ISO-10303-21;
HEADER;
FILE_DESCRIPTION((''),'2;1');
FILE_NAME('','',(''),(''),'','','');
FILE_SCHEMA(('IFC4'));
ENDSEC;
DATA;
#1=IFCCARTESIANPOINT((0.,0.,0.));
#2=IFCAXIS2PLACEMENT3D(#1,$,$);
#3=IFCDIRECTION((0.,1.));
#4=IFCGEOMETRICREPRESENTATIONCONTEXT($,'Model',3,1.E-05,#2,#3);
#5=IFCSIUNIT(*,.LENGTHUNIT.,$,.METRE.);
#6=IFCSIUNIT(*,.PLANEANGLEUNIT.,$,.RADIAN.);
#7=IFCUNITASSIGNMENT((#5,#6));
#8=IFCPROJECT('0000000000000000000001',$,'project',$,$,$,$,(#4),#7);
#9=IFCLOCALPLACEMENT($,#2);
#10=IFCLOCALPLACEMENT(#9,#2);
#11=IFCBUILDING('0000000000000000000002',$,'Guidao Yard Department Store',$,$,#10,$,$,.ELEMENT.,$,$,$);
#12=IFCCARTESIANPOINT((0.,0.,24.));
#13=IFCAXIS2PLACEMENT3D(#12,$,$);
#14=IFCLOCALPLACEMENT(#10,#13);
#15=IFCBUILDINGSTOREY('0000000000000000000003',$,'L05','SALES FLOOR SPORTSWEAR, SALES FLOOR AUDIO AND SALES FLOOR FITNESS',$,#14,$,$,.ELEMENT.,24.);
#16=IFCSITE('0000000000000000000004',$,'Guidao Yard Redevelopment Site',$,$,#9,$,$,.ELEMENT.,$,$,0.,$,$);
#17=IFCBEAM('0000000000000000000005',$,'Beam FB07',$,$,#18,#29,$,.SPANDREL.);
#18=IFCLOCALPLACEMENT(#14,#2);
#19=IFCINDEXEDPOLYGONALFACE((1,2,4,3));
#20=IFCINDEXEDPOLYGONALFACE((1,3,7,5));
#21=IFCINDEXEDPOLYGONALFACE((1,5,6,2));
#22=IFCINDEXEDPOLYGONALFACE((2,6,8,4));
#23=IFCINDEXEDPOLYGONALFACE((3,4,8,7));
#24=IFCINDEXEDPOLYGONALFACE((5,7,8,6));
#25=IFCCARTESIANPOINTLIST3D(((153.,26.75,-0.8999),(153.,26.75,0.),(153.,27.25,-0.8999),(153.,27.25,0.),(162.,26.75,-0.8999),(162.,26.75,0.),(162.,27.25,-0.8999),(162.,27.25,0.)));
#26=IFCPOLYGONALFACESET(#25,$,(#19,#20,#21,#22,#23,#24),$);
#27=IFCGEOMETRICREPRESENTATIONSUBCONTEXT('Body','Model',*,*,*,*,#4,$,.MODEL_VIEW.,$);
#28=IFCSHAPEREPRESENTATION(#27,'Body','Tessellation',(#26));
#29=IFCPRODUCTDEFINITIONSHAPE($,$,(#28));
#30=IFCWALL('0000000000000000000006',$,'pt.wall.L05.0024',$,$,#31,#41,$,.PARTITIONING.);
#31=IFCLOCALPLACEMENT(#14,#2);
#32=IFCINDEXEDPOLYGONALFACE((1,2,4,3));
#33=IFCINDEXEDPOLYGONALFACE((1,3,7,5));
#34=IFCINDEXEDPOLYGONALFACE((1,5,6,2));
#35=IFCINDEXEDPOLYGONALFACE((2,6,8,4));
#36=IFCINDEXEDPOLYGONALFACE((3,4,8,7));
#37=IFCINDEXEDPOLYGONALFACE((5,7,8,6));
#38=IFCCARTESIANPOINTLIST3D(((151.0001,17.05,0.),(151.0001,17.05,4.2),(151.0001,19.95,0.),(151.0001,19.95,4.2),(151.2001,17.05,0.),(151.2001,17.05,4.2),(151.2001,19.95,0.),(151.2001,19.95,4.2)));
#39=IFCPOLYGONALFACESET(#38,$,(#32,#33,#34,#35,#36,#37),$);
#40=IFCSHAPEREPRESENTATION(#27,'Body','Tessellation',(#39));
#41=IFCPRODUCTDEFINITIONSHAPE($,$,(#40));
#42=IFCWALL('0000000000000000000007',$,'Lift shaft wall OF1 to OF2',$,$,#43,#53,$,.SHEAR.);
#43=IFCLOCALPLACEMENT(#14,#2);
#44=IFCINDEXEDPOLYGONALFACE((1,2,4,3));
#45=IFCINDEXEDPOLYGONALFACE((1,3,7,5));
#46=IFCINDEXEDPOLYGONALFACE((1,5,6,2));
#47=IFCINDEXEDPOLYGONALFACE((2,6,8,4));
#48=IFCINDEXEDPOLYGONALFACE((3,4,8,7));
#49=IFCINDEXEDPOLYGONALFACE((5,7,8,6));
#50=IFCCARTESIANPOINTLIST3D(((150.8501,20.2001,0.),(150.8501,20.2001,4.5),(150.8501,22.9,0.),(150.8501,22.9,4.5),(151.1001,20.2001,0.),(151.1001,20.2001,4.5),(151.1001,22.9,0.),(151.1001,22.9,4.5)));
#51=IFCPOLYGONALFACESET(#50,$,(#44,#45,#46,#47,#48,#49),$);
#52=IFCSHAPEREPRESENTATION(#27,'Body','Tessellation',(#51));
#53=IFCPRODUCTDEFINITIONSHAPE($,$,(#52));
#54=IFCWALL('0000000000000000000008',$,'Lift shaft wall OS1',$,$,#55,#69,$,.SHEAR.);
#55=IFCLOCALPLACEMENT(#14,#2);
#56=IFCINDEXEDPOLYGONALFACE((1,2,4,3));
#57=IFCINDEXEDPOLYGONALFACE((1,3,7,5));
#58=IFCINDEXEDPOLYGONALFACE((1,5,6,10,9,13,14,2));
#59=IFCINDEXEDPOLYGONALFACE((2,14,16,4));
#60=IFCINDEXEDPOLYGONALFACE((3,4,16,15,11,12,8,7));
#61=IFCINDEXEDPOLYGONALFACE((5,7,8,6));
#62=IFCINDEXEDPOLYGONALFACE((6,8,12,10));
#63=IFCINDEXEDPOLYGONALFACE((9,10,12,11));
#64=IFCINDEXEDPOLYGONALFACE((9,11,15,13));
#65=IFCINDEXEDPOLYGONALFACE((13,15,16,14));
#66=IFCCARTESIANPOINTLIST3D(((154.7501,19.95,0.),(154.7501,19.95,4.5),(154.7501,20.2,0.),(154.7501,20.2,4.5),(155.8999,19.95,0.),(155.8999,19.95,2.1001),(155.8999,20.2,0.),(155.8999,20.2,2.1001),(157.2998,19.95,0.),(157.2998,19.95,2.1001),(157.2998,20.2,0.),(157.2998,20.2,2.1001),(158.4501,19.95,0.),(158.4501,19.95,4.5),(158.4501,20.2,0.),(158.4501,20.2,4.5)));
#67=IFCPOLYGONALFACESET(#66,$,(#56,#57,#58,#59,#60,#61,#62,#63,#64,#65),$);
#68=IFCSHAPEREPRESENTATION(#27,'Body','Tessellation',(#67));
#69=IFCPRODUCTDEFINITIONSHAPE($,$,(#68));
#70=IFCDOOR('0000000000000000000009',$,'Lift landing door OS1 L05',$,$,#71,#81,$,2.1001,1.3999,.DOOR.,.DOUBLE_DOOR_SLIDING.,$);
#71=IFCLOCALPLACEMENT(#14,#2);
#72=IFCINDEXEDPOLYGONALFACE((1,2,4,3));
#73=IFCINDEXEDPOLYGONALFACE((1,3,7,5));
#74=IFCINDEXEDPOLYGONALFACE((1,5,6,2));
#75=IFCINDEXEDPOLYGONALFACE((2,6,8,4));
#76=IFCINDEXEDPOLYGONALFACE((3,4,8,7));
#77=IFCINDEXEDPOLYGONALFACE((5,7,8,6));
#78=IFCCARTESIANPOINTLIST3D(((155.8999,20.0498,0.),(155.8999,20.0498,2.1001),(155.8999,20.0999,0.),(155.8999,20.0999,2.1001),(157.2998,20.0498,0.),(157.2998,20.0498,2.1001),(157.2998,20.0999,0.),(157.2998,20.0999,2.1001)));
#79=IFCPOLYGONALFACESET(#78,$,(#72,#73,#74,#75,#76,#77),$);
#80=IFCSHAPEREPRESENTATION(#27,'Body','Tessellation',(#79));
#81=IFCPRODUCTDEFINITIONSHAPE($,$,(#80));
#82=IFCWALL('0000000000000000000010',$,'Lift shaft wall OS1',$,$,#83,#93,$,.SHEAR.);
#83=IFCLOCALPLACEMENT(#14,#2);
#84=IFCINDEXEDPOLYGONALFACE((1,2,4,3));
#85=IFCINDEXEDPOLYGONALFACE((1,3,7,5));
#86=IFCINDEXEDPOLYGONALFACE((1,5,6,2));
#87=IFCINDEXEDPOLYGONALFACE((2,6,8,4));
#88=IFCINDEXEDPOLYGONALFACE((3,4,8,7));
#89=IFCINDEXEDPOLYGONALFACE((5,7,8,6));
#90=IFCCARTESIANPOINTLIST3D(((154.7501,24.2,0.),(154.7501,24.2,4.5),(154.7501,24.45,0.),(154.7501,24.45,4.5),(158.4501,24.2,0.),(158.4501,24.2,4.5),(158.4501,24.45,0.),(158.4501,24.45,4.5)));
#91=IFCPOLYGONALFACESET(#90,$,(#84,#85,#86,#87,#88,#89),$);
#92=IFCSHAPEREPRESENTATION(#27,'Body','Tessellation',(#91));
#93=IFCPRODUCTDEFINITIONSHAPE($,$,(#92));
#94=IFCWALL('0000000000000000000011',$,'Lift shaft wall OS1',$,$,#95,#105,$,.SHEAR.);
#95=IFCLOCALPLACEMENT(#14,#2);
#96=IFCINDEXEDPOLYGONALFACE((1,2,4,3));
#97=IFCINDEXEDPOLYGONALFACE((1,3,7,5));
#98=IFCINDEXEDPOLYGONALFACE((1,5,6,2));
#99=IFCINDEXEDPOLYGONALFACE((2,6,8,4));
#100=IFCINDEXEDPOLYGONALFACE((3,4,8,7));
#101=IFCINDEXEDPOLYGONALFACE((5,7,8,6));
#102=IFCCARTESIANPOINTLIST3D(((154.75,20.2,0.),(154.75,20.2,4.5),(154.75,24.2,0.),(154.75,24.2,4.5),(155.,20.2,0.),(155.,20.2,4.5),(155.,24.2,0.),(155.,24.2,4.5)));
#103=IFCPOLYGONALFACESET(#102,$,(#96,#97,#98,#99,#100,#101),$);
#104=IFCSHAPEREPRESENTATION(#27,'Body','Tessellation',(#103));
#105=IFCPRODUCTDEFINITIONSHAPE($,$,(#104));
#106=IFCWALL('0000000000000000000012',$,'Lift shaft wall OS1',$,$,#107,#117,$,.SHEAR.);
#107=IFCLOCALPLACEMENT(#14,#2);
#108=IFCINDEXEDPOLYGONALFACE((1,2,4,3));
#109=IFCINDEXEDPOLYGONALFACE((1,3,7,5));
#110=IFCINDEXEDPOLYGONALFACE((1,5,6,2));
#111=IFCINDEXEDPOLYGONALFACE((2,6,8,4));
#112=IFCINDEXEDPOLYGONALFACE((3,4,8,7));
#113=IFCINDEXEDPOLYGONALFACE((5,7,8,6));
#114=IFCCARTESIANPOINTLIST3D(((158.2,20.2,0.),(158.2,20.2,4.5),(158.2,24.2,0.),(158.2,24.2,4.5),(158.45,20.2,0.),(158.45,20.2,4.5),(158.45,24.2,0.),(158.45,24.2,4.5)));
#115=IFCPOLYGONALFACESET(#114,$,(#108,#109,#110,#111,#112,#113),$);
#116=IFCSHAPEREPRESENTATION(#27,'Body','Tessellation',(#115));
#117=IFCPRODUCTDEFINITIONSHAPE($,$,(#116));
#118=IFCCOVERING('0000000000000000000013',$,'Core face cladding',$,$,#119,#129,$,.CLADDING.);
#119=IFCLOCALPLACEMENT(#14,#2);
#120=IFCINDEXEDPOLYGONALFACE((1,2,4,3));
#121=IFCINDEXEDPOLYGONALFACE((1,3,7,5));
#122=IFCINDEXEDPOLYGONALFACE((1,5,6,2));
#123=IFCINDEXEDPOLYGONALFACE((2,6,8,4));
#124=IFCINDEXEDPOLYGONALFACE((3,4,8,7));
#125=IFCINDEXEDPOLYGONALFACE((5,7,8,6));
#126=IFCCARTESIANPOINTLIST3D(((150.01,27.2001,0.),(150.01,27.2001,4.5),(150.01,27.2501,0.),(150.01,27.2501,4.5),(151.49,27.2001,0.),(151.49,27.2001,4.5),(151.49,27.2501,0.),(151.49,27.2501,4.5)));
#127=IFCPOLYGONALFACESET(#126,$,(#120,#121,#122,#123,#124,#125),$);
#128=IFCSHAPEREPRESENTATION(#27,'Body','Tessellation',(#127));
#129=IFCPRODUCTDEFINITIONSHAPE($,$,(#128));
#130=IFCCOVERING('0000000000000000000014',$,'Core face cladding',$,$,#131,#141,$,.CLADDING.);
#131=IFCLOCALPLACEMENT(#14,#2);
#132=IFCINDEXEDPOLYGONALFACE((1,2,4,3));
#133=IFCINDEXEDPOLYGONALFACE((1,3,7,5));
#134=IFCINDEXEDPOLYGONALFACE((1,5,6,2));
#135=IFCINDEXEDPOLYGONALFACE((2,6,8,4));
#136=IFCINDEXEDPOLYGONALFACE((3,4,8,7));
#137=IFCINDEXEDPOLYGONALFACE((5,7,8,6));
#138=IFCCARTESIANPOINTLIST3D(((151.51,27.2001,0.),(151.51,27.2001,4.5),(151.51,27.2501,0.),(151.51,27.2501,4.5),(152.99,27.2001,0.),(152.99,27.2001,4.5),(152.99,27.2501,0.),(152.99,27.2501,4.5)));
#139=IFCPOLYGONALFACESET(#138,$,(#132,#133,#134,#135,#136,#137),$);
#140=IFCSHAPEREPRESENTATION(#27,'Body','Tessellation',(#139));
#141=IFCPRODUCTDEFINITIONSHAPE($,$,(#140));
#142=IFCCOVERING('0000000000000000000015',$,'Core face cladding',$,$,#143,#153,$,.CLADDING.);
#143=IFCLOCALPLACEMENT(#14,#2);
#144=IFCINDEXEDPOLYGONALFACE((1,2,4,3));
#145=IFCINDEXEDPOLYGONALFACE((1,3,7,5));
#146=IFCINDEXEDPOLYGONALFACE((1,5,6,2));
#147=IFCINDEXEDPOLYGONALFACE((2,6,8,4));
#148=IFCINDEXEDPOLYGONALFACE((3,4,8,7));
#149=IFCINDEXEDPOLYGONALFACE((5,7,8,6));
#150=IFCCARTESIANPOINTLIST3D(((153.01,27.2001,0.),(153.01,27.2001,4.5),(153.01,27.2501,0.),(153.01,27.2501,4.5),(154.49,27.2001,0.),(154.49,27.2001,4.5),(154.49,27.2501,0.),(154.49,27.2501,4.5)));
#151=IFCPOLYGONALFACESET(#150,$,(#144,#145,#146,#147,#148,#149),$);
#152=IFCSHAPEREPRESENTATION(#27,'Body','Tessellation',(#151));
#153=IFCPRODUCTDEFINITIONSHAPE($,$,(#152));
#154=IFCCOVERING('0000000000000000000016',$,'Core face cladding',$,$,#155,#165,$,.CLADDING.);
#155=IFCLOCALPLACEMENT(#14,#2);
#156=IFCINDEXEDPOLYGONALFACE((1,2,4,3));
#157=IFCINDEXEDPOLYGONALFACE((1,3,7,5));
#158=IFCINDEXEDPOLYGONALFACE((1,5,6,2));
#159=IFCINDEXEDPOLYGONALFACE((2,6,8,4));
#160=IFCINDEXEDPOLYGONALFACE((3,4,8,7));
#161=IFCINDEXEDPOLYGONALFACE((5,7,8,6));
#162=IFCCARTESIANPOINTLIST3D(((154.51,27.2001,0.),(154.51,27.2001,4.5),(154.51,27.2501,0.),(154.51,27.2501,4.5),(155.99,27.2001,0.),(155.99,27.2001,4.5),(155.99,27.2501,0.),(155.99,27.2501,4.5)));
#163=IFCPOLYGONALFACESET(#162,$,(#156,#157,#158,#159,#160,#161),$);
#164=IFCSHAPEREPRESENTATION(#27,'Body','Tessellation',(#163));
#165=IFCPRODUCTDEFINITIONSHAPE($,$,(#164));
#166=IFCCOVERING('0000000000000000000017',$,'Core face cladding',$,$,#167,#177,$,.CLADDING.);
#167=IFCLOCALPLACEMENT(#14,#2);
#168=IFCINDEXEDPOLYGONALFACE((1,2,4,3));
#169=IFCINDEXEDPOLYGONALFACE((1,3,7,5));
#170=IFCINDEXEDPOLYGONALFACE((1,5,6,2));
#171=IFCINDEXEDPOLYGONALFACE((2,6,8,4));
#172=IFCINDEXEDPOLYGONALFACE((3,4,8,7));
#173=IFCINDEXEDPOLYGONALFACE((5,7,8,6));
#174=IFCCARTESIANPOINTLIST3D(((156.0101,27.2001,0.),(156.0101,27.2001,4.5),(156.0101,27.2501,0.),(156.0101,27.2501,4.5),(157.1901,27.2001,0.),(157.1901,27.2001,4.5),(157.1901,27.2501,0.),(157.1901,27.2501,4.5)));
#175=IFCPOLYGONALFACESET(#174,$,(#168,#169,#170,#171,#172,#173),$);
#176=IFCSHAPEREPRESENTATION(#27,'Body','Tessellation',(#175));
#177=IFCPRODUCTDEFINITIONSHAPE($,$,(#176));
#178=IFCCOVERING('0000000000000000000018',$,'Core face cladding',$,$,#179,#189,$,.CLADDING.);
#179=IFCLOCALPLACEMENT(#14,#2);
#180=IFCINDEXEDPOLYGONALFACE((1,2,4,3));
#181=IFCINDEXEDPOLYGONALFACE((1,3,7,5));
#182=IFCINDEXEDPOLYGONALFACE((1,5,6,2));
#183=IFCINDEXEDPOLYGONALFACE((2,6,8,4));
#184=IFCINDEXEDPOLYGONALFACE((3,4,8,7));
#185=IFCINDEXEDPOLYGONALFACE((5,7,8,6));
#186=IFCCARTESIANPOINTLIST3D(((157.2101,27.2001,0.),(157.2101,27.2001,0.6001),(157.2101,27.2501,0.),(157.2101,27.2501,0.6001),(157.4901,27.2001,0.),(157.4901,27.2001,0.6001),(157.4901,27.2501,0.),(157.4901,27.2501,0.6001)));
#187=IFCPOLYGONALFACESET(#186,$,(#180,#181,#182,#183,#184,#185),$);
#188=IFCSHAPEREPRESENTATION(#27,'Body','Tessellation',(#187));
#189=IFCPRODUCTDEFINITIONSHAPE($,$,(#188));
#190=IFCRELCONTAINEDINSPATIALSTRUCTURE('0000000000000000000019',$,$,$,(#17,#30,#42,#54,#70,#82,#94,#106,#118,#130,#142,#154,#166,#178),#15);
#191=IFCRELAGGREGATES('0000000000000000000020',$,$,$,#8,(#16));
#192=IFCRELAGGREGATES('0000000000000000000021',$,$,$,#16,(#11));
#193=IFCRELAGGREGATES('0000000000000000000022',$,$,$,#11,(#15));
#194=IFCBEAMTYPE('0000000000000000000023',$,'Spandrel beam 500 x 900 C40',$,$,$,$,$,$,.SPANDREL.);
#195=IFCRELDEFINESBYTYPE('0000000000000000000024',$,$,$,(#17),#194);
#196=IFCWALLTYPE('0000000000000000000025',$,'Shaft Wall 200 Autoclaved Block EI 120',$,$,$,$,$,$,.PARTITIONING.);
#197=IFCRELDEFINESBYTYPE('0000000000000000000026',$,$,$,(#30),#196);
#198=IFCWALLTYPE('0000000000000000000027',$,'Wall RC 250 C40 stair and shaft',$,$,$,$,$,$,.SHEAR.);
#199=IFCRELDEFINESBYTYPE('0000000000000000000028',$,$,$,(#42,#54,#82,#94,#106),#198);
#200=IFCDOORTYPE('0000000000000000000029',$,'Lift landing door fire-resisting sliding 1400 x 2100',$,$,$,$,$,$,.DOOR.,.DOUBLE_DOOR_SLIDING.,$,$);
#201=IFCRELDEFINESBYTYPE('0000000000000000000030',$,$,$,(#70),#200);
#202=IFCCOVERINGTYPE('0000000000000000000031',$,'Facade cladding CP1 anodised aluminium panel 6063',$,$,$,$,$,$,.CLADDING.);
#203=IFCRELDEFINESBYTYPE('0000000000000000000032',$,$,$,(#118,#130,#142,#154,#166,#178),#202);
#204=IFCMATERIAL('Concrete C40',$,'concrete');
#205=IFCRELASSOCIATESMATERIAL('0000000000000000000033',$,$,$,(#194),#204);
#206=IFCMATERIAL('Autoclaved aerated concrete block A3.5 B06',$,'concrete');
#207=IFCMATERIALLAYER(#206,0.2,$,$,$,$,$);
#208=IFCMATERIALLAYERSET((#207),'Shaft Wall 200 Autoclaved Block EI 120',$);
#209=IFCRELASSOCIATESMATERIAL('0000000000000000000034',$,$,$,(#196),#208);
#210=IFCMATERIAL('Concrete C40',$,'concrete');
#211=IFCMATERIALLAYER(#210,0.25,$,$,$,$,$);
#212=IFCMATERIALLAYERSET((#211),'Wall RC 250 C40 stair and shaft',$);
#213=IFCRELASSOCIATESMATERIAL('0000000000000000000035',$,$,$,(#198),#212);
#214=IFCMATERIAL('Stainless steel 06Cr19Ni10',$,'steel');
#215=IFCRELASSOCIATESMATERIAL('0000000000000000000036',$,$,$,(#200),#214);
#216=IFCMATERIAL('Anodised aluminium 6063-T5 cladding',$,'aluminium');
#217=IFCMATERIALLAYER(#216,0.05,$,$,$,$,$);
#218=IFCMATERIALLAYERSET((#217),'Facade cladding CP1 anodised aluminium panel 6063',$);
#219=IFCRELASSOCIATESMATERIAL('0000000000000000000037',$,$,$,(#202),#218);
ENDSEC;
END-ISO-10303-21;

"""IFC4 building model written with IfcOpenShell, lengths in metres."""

from ifc_helpers import new_model, si_unit, direction, frame, frame_2d, origin, origin_2d, place, context, subcontext, project, spatial, rectangle, extrude, material, layer, layer_set, material_profile, profile_set, type_object, element, fill, save


model = new_model("IFC4")

# Units and contexts
model_context = context("Model", 3, precision=1e-05, world=origin(), true_north=direction((0.0, 1.0)))
body_context = subcontext(model_context, "Body", "Model", "MODEL_VIEW")
ifc_project = project(units=[si_unit("LENGTHUNIT", "METRE"), si_unit("PLANEANGLEUNIT", "RADIAN")], contexts=[model_context])

# Site, building, storey
site_placement = place(None, origin())
site = spatial("IfcSite", under=ifc_project, at=site_placement, Name="Guidao Yard Redevelopment Site", CompositionType="ELEMENT", RefElevation=0.0)
building_placement = place(site_placement, origin())
building = spatial("IfcBuilding", under=site, at=building_placement, Name="Guidao Yard Department Store", CompositionType="ELEMENT")
storey_placement = place(building_placement, frame((0.0, 0.0, 24.0)))
storey = spatial("IfcBuildingStorey", under=building, at=storey_placement, Name="L05", Description="SALES FLOOR SPORTSWEAR, SALES FLOOR AUDIO AND SALES FLOOR FITNESS", CompositionType="ELEMENT", Elevation=24.0)

# Beam
ifc_material_1 = material(Name="Concrete C40", Category="concrete")
ifc_material_profile = material_profile(ifc_material_1, rectangle(XDim=0.5, YDim=0.8999, at=origin_2d()), Name="Spandrel beam 500 x 900 C40")
ifc_profile_set = profile_set([ifc_material_profile], Name="Concrete C40")
beam_type = type_object("IfcBeamType", Name="Spandrel beam 500 x 900 C40", PredefinedType="SPANDREL", material=ifc_profile_set)
beam_placement = place(storey_placement, frame((153.0, 27.0, -0.45), z_axis=(1.0, 0.0, 0.0), x_axis=(0.0, 1.0, 0.0)))
element("IfcBeam", 1, at=beam_placement, inside=storey, type_object=beam_type, Name="Beam FB07", PredefinedType="SPANDREL", context=body_context, shape_type="SweptSolid", body=[
    extrude(rectangle(XDim=0.5, YDim=0.8999, at=origin_2d()), origin(), (0.0, 0.0, 1.0), 9.0),
])

# Walls
ifc_material_2 = material(Name="Autoclaved aerated concrete block A3.5 B06", Category="concrete")
ifc_layer_1 = layer(ifc_material_2, 0.2)
ifc_layer_set_1 = layer_set([ifc_layer_1], Name="Shaft Wall 200 Autoclaved Block EI 120")
wall_type_1 = type_object("IfcWallType", Name="Shaft Wall 200 Autoclaved Block EI 120", PredefinedType="PARTITIONING", material=ifc_layer_set_1)
wall_1_placement = place(storey_placement, frame((151.1001, 17.05, 0.0), z_axis=(0.0, 0.0, 1.0), x_axis=(0.0, 1.0, 0.0)))
element("IfcWall", 2, at=wall_1_placement, inside=storey, type_object=wall_type_1, Name="pt.wall.L05.0024", PredefinedType="PARTITIONING", context=body_context, shape_type="SweptSolid", body=[
    extrude(rectangle(XDim=2.8999, YDim=0.2, at=frame_2d((1.45, 0.0))), origin(), (0.0, 0.0, 1.0), 4.2),
])
ifc_material_3 = material(Name="Concrete C40", Category="concrete")
ifc_layer_2 = layer(ifc_material_3, 0.25)
ifc_layer_set_2 = layer_set([ifc_layer_2], Name="Wall RC 250 C40 stair and shaft")
wall_type_2 = type_object("IfcWallType", Name="Wall RC 250 C40 stair and shaft", PredefinedType="SHEAR", material=ifc_layer_set_2)
wall_2_placement = place(storey_placement, frame((150.9751, 20.2, 0.0), z_axis=(0.0, 0.0, 1.0), x_axis=(0.0, 1.0, 0.0)))
element("IfcWall", 3, at=wall_2_placement, inside=storey, type_object=wall_type_2, Name="Lift shaft wall OF1 to OF2", PredefinedType="SHEAR", context=body_context, shape_type="SweptSolid", body=[
    extrude(rectangle(XDim=2.7, YDim=0.25, at=frame_2d((1.3501, 0.0))), origin(), (0.0, 0.0, 1.0), 4.5),
])

# Wall, opening, door
wall_3_placement = place(storey_placement, frame((154.75, 20.075, 0.0), z_axis=(0.0, 0.0, 1.0), x_axis=(1.0, 0.0, 0.0)))
wall_3 = element("IfcWall", 4, at=wall_3_placement, inside=storey, type_object=wall_type_2, Name="Lift shaft wall OS1", PredefinedType="SHEAR", context=body_context, shape_type="SweptSolid", body=[
    extrude(rectangle(XDim=3.7, YDim=0.25, at=frame_2d((1.8501, 0.0))), origin(), (0.0, 0.0, 1.0), 4.5),
])
opening_placement = place(wall_3_placement, frame((1.1499, 0.0, 0.0)))
opening = element("IfcOpeningElement", 5, at=opening_placement, cuts=wall_3, PredefinedType="OPENING", context=body_context, shape_type="SweptSolid", body=[
    extrude(rectangle(XDim=1.3999, YDim=2.1001, at=frame_2d((0.7, 1.05))), frame((0.0, 0.135, 0.0), z_axis=(0.0, -1.0, 0.0), x_axis=(1.0, 0.0, 0.0)), (0.0, 0.0, 1.0), 0.27),
])
ifc_material_4 = material(Name="Stainless steel 06Cr19Ni10", Category="steel")
door_type = type_object("IfcDoorType", Name="Lift landing door fire-resisting sliding 1400 x 2100", OperationType="DOUBLE_DOOR_SLIDING", PredefinedType="DOOR", material=ifc_material_4)
door_placement = place(opening_placement, origin())
door = element("IfcDoor", 6, at=door_placement, inside=storey, type_object=door_type, Name="Lift landing door OS1 L05", OperationType="DOUBLE_DOOR_SLIDING", OverallHeight=2.1001, OverallWidth=1.3999, PredefinedType="DOOR", context=body_context, shape_type="SweptSolid", body=[
    extrude(rectangle(XDim=1.3999, YDim=2.1001, at=frame_2d((0.7, 1.05))), frame((0.0, 0.0249, 0.0), z_axis=(0.0, -1.0, 0.0), x_axis=(1.0, 0.0, 0.0)), (0.0, 0.0, 1.0), 0.05),
])
fill(opening, door)

# Walls
wall_4_placement = place(storey_placement, frame((154.75, 24.325, 0.0), z_axis=(0.0, 0.0, 1.0), x_axis=(1.0, 0.0, 0.0)))
element("IfcWall", 7, at=wall_4_placement, inside=storey, type_object=wall_type_2, Name="Lift shaft wall OS1", PredefinedType="SHEAR", context=body_context, shape_type="SweptSolid", body=[
    extrude(rectangle(XDim=3.7, YDim=0.25, at=frame_2d((1.8501, 0.0))), origin(), (0.0, 0.0, 1.0), 4.5),
])
for number, where, z_axis, x_axis, name in (
    (8, (154.875, 20.2, 0.0), (0.0, 0.0, 1.0), (0.0, 1.0, 0.0), "Lift shaft wall OS1"),
    (9, (158.325, 20.2, 0.0), (0.0, 0.0, 1.0), (0.0, 1.0, 0.0), "Lift shaft wall OS1"),
):
    element("IfcWall", number, at=place(storey_placement, frame(where, z_axis=z_axis, x_axis=x_axis)), inside=storey, type_object=wall_type_2, Name=name, PredefinedType="SHEAR", context=body_context, shape_type="SweptSolid", body=[
        extrude(rectangle(XDim=4.0, YDim=0.25, at=frame_2d((2.0, 0.0))), origin(), (0.0, 0.0, 1.0), 4.5),
    ])

# Coverings
ifc_material_5 = material(Name="Anodised aluminium 6063-T5 cladding", Category="aluminium")
ifc_layer_3 = layer(ifc_material_5, 0.05)
ifc_layer_set_3 = layer_set([ifc_layer_3], Name="Facade cladding CP1 anodised aluminium panel 6063")
covering_type = type_object("IfcCoveringType", Name="Facade cladding CP1 anodised aluminium panel 6063", PredefinedType="CLADDING", material=ifc_layer_set_3)
for number, where, z_axis, x_axis, name in (
    (10, (150.75, 27.2251, 0.0), (0.0, 0.0, 1.0), (1.0, 0.0, 0.0), "Core face cladding"),
    (11, (152.25, 27.2251, 0.0), (0.0, 0.0, 1.0), (1.0, 0.0, 0.0), "Core face cladding"),
    (12, (153.75, 27.2251, 0.0), (0.0, 0.0, 1.0), (1.0, 0.0, 0.0), "Core face cladding"),
    (13, (155.25, 27.2251, 0.0), (0.0, 0.0, 1.0), (1.0, 0.0, 0.0), "Core face cladding"),
):
    element("IfcCovering", number, at=place(storey_placement, frame(where, z_axis=z_axis, x_axis=x_axis)), inside=storey, type_object=covering_type, Name=name, PredefinedType="CLADDING", context=body_context, shape_type="SweptSolid", body=[
        extrude(rectangle(XDim=1.48, YDim=0.05, at=origin_2d()), origin(), (0.0, 0.0, 1.0), 4.5),
    ])
covering_1_placement = place(storey_placement, frame((156.6001, 27.2251, 0.0), z_axis=(0.0, 0.0, 1.0), x_axis=(1.0, 0.0, 0.0)))
element("IfcCovering", 14, at=covering_1_placement, inside=storey, type_object=covering_type, Name="Core face cladding", PredefinedType="CLADDING", context=body_context, shape_type="SweptSolid", body=[
    extrude(rectangle(XDim=1.1799, YDim=0.05, at=origin_2d()), origin(), (0.0, 0.0, 1.0), 4.5),
])
covering_2_placement = place(storey_placement, frame((157.3501, 27.2251, 0.0), z_axis=(0.0, 0.0, 1.0), x_axis=(1.0, 0.0, 0.0)))
element("IfcCovering", 15, at=covering_2_placement, inside=storey, type_object=covering_type, Name="Core face cladding", PredefinedType="CLADDING", context=body_context, shape_type="SweptSolid", body=[
    extrude(rectangle(XDim=0.28, YDim=0.05, at=origin_2d()), origin(), (0.0, 0.0, 1.0), 0.6001),
])

save(model, "model.ifc")
